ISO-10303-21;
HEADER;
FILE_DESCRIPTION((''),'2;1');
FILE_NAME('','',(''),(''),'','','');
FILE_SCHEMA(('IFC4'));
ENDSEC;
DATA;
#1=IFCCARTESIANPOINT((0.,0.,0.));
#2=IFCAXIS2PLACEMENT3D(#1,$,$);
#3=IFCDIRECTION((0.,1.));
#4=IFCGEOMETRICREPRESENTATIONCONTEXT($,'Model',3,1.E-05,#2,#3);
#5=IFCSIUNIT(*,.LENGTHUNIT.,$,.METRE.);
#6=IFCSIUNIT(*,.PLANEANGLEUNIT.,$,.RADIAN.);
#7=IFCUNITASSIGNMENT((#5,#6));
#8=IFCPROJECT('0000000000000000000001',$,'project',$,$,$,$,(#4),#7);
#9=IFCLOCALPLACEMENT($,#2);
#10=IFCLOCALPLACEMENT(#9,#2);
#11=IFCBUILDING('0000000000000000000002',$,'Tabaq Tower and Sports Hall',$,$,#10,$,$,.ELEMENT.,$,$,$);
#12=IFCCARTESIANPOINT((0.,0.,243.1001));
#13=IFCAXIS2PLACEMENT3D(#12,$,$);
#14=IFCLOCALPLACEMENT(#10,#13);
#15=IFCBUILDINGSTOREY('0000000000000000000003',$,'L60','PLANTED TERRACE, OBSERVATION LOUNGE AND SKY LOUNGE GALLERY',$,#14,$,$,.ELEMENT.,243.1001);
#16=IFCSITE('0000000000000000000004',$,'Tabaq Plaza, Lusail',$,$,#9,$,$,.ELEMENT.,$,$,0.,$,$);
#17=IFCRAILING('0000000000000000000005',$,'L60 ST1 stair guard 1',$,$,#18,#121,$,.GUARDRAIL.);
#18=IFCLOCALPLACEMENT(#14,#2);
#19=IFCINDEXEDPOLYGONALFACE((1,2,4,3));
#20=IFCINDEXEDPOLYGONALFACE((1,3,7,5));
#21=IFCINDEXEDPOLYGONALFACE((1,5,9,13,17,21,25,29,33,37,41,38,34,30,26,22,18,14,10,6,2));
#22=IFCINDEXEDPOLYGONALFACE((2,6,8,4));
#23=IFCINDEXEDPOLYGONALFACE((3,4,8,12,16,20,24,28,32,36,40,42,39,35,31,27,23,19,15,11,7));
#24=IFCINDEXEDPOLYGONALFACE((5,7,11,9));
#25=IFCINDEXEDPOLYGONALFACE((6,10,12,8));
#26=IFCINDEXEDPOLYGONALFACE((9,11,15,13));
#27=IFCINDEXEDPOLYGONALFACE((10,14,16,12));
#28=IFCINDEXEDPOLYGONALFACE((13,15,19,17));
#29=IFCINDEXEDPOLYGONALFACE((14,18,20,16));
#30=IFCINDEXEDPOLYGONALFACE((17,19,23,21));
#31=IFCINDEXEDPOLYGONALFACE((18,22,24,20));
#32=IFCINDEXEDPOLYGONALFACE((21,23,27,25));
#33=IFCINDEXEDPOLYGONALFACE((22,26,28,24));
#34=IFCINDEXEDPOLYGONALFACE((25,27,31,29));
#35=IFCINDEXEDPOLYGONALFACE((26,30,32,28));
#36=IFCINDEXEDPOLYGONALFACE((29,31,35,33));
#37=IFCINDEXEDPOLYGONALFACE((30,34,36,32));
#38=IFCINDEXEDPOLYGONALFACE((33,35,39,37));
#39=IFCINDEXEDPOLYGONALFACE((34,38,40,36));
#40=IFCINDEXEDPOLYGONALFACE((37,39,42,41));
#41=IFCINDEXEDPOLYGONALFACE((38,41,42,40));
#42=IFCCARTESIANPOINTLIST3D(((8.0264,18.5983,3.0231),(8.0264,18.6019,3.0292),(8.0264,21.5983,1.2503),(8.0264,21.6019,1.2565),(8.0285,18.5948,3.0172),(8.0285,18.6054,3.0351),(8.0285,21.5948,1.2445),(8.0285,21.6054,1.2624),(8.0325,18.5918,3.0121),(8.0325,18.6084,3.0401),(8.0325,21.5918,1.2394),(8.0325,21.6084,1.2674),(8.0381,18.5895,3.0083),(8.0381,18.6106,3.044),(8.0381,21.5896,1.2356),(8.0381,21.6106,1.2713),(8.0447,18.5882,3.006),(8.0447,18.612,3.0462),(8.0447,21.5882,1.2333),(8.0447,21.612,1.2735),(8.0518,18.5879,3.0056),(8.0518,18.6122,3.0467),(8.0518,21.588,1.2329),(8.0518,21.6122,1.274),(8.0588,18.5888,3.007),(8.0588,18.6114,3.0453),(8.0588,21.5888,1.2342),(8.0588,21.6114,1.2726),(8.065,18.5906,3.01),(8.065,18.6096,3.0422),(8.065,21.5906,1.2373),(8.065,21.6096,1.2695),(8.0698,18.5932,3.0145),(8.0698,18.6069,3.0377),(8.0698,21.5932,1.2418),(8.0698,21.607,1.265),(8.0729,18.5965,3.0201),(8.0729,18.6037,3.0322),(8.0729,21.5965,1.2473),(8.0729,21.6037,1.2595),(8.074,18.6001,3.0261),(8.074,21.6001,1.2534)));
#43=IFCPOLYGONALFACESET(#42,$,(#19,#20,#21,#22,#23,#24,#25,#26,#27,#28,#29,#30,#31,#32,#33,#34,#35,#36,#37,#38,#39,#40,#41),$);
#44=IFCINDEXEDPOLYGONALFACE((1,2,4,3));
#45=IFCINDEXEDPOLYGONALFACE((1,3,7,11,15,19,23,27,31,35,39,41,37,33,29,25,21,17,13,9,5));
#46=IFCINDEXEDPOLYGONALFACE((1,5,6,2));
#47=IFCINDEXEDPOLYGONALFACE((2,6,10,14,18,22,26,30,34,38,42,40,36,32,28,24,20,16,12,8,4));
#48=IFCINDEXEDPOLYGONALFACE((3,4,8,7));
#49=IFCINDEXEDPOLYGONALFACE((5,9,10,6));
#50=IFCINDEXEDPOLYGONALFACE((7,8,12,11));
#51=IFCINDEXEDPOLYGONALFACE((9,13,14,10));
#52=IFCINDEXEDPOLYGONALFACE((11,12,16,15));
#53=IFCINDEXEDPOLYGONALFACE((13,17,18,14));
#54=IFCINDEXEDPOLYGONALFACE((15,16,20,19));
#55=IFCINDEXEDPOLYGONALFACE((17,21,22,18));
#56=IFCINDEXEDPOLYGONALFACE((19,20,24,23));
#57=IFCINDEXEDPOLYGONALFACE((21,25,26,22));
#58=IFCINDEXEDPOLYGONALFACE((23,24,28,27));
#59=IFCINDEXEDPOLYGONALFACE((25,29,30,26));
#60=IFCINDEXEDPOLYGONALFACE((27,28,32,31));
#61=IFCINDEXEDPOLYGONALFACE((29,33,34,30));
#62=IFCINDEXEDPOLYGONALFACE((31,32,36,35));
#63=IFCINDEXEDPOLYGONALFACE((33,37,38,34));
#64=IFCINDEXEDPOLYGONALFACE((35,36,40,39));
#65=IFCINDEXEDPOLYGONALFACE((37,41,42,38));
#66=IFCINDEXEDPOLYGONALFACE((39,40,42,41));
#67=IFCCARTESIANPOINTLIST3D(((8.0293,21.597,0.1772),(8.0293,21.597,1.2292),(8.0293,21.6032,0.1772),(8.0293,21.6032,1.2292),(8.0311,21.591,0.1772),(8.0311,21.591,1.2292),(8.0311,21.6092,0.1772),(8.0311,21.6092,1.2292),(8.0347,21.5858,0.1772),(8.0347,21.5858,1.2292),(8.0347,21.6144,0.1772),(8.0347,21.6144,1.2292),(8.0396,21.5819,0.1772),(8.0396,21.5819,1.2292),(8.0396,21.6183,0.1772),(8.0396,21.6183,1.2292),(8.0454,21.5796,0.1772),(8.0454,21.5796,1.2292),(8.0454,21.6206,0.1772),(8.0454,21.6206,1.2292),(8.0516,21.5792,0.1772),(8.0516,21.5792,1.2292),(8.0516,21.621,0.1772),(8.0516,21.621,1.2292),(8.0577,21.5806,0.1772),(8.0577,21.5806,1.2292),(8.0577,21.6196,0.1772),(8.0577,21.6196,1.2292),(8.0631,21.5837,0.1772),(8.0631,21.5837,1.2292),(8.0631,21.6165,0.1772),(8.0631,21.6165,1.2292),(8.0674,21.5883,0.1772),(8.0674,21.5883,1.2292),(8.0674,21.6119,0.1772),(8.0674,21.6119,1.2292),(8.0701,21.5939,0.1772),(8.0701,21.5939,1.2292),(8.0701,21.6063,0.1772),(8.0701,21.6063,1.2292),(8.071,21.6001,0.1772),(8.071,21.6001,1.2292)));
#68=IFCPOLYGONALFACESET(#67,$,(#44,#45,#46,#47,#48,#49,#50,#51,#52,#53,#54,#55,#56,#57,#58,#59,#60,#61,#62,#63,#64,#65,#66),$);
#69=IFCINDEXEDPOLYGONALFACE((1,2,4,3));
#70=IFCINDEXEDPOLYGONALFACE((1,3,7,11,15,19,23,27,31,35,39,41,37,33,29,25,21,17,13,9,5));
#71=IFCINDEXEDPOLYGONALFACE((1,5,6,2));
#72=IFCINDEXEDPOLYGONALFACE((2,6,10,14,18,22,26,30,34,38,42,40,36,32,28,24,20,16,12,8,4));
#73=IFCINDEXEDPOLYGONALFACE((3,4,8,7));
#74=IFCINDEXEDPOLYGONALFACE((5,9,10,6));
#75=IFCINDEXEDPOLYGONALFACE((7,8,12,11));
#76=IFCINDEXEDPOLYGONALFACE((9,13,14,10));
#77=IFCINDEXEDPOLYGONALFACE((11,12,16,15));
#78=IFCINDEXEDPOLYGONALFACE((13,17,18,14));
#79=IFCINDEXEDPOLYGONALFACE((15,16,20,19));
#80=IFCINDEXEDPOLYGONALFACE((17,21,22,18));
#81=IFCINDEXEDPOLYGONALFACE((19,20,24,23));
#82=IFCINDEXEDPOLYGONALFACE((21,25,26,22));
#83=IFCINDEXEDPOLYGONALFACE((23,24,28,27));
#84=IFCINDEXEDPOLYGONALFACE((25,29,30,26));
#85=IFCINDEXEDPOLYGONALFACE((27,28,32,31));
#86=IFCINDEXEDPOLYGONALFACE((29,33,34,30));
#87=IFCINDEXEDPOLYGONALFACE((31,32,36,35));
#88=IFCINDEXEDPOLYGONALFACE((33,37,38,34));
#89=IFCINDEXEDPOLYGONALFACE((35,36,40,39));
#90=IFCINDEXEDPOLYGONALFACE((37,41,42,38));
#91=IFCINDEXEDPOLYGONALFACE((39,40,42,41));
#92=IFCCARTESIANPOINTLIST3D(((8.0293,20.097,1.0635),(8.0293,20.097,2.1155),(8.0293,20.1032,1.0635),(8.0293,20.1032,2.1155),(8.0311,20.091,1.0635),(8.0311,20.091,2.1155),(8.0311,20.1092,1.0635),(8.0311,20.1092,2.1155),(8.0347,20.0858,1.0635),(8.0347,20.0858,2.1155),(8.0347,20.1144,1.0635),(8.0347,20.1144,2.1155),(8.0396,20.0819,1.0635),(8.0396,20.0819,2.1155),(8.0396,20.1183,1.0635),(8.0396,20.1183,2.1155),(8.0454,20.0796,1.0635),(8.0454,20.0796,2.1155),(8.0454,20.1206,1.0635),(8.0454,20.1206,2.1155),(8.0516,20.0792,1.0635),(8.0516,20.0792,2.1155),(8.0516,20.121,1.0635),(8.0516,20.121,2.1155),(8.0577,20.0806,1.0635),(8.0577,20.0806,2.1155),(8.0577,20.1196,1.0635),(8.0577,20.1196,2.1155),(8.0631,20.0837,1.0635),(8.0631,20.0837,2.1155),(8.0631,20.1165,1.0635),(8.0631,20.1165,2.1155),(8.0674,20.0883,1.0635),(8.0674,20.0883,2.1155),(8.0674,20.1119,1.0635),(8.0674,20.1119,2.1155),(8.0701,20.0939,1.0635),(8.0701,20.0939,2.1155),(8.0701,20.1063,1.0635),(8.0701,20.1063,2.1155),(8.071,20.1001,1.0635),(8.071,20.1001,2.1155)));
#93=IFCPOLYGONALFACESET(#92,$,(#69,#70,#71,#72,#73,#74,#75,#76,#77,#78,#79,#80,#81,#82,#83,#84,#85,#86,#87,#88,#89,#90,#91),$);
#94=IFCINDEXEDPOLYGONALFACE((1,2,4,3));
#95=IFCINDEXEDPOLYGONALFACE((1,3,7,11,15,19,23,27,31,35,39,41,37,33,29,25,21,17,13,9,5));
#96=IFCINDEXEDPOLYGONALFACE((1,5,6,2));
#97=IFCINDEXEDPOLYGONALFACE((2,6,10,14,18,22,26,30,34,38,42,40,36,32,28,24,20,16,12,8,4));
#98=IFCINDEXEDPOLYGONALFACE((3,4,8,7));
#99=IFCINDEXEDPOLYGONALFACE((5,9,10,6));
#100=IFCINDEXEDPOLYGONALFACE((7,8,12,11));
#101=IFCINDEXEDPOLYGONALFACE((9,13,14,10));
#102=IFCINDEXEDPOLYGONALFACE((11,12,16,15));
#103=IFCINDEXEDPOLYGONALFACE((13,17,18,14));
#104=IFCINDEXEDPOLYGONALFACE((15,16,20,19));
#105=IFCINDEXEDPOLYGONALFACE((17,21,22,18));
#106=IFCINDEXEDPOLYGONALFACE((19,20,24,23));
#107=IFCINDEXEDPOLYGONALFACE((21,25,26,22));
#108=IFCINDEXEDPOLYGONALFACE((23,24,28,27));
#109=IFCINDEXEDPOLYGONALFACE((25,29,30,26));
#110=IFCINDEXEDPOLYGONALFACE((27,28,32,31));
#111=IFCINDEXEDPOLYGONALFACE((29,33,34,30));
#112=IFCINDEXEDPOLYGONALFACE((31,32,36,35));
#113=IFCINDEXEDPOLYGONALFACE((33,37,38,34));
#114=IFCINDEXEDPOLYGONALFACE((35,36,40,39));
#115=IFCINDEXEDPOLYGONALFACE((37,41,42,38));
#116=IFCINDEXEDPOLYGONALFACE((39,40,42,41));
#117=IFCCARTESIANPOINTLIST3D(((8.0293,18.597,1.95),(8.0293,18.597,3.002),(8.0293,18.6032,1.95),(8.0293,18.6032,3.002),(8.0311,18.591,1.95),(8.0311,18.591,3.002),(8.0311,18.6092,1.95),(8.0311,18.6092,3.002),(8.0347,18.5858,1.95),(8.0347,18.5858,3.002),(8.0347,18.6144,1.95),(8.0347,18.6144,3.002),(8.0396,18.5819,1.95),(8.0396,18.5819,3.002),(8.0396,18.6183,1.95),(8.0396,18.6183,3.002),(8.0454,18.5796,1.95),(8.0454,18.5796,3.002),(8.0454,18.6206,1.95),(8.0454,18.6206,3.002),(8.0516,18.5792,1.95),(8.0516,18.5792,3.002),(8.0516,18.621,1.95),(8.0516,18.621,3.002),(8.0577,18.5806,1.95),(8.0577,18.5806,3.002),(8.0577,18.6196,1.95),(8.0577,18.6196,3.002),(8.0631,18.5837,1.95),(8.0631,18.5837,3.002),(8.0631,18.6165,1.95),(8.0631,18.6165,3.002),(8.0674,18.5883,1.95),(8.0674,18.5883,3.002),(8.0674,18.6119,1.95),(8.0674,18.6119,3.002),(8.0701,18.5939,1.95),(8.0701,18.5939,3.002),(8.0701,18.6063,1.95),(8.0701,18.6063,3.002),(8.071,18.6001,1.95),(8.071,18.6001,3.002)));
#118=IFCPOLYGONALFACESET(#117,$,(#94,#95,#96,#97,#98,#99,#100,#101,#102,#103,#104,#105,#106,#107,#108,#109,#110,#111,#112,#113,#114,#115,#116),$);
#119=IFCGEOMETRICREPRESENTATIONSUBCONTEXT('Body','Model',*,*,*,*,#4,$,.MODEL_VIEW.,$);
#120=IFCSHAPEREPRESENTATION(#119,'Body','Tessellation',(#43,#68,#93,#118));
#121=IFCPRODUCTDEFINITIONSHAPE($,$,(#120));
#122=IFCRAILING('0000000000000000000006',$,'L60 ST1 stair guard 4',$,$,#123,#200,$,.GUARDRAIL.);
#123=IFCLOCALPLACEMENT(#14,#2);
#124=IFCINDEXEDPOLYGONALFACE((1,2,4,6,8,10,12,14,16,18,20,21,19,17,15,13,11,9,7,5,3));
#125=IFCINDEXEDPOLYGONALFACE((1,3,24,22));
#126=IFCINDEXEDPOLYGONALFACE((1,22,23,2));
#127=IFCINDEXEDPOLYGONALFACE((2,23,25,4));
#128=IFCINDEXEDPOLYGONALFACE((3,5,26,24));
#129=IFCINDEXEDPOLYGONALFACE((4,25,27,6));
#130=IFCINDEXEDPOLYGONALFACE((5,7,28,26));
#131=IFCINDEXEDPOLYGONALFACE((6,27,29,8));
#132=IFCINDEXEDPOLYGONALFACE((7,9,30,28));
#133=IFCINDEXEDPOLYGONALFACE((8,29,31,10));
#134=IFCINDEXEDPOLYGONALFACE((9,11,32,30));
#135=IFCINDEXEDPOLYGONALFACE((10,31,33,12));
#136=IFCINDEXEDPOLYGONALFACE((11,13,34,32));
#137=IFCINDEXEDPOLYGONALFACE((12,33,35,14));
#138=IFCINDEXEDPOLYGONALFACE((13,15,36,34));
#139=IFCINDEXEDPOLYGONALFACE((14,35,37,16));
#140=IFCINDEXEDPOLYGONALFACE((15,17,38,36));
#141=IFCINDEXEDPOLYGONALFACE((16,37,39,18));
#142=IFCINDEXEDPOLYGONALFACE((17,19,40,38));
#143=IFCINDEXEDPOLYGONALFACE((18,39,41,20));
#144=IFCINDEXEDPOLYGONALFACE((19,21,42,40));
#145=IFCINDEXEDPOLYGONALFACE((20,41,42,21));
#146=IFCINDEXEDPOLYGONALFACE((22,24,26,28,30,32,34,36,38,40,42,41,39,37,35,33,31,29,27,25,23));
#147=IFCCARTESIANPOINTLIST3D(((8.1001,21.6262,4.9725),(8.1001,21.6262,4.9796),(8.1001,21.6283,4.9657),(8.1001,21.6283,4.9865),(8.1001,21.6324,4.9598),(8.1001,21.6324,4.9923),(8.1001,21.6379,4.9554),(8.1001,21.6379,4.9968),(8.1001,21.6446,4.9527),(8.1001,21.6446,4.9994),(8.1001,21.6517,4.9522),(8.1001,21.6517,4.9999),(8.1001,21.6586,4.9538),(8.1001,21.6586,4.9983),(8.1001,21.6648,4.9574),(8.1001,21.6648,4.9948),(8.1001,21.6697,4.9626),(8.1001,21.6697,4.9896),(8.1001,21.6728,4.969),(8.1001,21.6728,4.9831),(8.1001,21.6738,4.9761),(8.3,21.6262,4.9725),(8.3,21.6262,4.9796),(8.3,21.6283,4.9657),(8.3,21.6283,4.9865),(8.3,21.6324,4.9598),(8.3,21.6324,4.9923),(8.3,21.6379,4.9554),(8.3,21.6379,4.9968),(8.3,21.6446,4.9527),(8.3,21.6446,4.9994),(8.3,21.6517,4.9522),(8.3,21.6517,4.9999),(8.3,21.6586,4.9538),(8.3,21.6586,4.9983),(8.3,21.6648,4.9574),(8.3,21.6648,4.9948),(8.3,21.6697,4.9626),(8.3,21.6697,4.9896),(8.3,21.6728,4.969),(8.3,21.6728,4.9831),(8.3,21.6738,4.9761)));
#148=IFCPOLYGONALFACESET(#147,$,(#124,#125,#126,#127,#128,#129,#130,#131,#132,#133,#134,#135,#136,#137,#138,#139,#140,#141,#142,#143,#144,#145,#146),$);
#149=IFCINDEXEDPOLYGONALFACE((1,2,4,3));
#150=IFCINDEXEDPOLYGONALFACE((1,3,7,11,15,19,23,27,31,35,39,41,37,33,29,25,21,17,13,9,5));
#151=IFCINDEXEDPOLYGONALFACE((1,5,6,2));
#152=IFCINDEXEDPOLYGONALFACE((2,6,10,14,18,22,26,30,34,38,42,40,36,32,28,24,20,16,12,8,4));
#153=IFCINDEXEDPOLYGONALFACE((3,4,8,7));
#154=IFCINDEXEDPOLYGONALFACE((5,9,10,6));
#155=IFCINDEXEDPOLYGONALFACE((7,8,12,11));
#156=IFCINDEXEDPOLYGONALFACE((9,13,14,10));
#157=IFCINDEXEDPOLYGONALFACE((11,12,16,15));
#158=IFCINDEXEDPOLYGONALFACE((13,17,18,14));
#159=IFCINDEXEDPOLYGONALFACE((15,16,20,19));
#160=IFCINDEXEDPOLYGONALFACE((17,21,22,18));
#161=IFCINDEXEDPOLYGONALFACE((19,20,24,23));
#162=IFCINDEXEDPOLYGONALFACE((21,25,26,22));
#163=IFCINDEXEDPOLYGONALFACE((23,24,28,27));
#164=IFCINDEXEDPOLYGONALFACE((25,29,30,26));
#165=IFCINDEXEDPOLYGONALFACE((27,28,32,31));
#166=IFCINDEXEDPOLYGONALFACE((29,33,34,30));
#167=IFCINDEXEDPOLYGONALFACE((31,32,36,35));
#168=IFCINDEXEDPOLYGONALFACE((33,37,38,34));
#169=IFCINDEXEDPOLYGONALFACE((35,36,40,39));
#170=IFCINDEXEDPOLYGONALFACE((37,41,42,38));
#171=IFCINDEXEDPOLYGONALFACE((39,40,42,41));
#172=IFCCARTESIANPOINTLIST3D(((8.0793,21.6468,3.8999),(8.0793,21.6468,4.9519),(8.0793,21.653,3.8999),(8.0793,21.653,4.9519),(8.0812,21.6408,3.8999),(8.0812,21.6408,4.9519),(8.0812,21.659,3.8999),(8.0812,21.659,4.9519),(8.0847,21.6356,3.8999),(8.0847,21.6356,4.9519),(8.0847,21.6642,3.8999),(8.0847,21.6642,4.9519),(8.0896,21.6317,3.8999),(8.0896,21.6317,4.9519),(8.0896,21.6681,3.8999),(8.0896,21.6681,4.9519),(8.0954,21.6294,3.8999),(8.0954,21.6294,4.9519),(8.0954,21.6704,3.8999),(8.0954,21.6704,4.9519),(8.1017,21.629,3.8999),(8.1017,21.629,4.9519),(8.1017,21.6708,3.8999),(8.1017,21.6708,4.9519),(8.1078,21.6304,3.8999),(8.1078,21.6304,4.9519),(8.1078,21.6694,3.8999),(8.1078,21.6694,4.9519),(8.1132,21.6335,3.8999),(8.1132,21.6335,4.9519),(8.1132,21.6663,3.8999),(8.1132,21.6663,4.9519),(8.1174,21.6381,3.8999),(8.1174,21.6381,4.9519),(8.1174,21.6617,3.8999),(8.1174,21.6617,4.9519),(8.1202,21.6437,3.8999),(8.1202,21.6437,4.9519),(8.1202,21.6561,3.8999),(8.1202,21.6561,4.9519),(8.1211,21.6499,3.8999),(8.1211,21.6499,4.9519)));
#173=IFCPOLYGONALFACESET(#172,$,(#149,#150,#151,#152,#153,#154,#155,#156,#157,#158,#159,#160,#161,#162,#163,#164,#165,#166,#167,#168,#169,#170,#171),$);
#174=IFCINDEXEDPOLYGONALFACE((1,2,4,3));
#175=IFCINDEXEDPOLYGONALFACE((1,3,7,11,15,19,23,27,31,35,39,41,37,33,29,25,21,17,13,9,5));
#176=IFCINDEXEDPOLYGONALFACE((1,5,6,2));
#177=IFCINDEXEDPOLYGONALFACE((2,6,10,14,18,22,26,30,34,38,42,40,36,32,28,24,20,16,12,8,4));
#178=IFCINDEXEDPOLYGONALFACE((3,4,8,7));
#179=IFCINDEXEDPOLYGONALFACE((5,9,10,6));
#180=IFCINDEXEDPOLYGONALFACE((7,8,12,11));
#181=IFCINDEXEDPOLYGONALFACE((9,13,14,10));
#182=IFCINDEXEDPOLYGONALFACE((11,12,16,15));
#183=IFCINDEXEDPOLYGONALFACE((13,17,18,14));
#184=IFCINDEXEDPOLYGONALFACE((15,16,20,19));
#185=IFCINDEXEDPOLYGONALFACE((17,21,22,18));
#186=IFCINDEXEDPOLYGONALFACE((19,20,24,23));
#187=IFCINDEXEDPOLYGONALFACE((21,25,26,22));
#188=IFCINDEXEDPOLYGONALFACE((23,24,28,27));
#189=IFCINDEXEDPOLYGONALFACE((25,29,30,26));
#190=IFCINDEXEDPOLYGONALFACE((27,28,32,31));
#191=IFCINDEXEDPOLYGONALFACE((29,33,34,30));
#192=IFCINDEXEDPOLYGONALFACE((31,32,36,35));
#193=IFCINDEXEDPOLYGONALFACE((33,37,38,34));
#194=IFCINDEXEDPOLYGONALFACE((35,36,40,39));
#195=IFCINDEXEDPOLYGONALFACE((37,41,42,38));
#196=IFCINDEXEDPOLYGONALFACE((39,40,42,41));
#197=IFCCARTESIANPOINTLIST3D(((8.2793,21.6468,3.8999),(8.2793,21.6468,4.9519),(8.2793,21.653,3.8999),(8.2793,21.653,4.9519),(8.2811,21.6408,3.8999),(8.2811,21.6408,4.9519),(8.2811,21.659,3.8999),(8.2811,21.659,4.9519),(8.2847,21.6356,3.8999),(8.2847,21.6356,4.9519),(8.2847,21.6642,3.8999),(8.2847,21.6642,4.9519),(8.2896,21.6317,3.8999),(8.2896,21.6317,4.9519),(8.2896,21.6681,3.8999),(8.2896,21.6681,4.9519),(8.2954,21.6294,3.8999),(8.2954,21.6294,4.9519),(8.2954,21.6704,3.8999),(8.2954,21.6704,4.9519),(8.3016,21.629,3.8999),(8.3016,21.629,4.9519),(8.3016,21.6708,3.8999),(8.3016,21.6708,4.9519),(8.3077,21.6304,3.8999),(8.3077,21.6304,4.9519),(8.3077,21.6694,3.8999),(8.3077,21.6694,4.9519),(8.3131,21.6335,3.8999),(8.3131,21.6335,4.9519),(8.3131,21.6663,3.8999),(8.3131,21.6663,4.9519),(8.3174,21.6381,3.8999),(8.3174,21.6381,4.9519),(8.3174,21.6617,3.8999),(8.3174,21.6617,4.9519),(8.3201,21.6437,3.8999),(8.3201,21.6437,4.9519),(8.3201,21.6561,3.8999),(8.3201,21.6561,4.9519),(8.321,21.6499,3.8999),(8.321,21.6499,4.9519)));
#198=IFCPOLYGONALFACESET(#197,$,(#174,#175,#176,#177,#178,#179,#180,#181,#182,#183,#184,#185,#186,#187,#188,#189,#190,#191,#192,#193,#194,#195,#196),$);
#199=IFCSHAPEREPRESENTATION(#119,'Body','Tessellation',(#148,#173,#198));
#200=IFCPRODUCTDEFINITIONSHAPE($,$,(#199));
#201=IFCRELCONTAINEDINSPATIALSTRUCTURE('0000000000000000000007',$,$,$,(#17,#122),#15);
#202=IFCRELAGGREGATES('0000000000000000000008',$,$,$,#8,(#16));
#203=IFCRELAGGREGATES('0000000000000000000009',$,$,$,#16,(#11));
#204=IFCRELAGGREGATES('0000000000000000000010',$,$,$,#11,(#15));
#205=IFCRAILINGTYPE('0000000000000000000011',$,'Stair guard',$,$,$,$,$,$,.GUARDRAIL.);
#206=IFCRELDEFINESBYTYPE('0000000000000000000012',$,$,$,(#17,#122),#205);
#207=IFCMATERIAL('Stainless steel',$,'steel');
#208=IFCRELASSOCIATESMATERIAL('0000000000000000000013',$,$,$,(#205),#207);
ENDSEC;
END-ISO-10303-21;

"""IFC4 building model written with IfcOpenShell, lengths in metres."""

from ifc_helpers import new_model, si_unit, direction, frame, origin, origin_2d, place, context, subcontext, project, spatial, circle, extrude, material, type_object, element, save


model = new_model("IFC4")

# Units and contexts
model_context = context("Model", 3, precision=1e-05, world=origin(), true_north=direction((0.0, 1.0)))
body_context = subcontext(model_context, "Body", "Model", "MODEL_VIEW")
ifc_project = project(units=[si_unit("LENGTHUNIT", "METRE"), si_unit("PLANEANGLEUNIT", "RADIAN")], contexts=[model_context])

# Site, building, storey
site_placement = place(None, origin())
site = spatial("IfcSite", under=ifc_project, at=site_placement, Name="Tabaq Plaza, Lusail", CompositionType="ELEMENT", RefElevation=0.0)
building_placement = place(site_placement, origin())
building = spatial("IfcBuilding", under=site, at=building_placement, Name="Tabaq Tower and Sports Hall", CompositionType="ELEMENT")
storey_placement = place(building_placement, frame((0.0, 0.0, 243.1001)))
storey = spatial("IfcBuildingStorey", under=building, at=storey_placement, Name="L60", Description="PLANTED TERRACE, OBSERVATION LOUNGE AND SKY LOUNGE GALLERY", CompositionType="ELEMENT", Elevation=243.1001)

# Railings
ifc_material_1 = material(Name="Stainless steel", Category="steel")
railing_type_1 = type_object("IfcRailingType", Name="Stair guard", PredefinedType="GUARDRAIL", material=ifc_material_1)
railing_1_placement = place(storey_placement, frame((8.05, 21.6001, 0.1772)))
element("IfcRailing", 1, at=railing_1_placement, inside=storey, type_object=railing_type_1, Name="L60 ST1 stair guard 1", PredefinedType="GUARDRAIL", context=body_context, shape_type="SweptSolid", body=[
    extrude(circle(Radius=0.0239, at=origin_2d()), frame((0.0, 0.0, 1.0762), z_axis=(0.0, -0.860929, 0.508725), x_axis=(1.0, 0.0, 0.0)), (0.0, 0.0, 1.0), 3.4846),
    extrude(circle(Radius=0.021, at=origin_2d()), origin(), (0.0, 0.0, 1.0), 1.052),
    extrude(circle(Radius=0.021, at=origin_2d()), frame((0.0, -1.5, 0.8862)), (0.0, 0.0, 1.0), 1.052),
    extrude(circle(Radius=0.021, at=origin_2d()), frame((0.0, -3.0, 1.7727)), (0.0, 0.0, 1.0), 1.052),
])
railing_2_placement = place(storey_placement, frame((8.1001, 21.6499, 3.8999)))
element("IfcRailing", 2, at=railing_2_placement, inside=storey, type_object=railing_type_1, Name="L60 ST1 stair guard 4", PredefinedType="GUARDRAIL", context=body_context, shape_type="SweptSolid", body=[
    extrude(circle(Radius=0.0239, at=origin_2d()), frame((0.0, 0.0, 1.0762), z_axis=(1.0, 0.0, 0.0), x_axis=(0.0, 1.0, 0.0)), (0.0, 0.0, 1.0), 0.2),
    extrude(circle(Radius=0.021, at=origin_2d()), origin(), (0.0, 0.0, 1.0), 1.052),
    extrude(circle(Radius=0.021, at=origin_2d()), frame((0.2, 0.0, 0.0)), (0.0, 0.0, 1.0), 1.052),
])

save(model, "model.ifc")
